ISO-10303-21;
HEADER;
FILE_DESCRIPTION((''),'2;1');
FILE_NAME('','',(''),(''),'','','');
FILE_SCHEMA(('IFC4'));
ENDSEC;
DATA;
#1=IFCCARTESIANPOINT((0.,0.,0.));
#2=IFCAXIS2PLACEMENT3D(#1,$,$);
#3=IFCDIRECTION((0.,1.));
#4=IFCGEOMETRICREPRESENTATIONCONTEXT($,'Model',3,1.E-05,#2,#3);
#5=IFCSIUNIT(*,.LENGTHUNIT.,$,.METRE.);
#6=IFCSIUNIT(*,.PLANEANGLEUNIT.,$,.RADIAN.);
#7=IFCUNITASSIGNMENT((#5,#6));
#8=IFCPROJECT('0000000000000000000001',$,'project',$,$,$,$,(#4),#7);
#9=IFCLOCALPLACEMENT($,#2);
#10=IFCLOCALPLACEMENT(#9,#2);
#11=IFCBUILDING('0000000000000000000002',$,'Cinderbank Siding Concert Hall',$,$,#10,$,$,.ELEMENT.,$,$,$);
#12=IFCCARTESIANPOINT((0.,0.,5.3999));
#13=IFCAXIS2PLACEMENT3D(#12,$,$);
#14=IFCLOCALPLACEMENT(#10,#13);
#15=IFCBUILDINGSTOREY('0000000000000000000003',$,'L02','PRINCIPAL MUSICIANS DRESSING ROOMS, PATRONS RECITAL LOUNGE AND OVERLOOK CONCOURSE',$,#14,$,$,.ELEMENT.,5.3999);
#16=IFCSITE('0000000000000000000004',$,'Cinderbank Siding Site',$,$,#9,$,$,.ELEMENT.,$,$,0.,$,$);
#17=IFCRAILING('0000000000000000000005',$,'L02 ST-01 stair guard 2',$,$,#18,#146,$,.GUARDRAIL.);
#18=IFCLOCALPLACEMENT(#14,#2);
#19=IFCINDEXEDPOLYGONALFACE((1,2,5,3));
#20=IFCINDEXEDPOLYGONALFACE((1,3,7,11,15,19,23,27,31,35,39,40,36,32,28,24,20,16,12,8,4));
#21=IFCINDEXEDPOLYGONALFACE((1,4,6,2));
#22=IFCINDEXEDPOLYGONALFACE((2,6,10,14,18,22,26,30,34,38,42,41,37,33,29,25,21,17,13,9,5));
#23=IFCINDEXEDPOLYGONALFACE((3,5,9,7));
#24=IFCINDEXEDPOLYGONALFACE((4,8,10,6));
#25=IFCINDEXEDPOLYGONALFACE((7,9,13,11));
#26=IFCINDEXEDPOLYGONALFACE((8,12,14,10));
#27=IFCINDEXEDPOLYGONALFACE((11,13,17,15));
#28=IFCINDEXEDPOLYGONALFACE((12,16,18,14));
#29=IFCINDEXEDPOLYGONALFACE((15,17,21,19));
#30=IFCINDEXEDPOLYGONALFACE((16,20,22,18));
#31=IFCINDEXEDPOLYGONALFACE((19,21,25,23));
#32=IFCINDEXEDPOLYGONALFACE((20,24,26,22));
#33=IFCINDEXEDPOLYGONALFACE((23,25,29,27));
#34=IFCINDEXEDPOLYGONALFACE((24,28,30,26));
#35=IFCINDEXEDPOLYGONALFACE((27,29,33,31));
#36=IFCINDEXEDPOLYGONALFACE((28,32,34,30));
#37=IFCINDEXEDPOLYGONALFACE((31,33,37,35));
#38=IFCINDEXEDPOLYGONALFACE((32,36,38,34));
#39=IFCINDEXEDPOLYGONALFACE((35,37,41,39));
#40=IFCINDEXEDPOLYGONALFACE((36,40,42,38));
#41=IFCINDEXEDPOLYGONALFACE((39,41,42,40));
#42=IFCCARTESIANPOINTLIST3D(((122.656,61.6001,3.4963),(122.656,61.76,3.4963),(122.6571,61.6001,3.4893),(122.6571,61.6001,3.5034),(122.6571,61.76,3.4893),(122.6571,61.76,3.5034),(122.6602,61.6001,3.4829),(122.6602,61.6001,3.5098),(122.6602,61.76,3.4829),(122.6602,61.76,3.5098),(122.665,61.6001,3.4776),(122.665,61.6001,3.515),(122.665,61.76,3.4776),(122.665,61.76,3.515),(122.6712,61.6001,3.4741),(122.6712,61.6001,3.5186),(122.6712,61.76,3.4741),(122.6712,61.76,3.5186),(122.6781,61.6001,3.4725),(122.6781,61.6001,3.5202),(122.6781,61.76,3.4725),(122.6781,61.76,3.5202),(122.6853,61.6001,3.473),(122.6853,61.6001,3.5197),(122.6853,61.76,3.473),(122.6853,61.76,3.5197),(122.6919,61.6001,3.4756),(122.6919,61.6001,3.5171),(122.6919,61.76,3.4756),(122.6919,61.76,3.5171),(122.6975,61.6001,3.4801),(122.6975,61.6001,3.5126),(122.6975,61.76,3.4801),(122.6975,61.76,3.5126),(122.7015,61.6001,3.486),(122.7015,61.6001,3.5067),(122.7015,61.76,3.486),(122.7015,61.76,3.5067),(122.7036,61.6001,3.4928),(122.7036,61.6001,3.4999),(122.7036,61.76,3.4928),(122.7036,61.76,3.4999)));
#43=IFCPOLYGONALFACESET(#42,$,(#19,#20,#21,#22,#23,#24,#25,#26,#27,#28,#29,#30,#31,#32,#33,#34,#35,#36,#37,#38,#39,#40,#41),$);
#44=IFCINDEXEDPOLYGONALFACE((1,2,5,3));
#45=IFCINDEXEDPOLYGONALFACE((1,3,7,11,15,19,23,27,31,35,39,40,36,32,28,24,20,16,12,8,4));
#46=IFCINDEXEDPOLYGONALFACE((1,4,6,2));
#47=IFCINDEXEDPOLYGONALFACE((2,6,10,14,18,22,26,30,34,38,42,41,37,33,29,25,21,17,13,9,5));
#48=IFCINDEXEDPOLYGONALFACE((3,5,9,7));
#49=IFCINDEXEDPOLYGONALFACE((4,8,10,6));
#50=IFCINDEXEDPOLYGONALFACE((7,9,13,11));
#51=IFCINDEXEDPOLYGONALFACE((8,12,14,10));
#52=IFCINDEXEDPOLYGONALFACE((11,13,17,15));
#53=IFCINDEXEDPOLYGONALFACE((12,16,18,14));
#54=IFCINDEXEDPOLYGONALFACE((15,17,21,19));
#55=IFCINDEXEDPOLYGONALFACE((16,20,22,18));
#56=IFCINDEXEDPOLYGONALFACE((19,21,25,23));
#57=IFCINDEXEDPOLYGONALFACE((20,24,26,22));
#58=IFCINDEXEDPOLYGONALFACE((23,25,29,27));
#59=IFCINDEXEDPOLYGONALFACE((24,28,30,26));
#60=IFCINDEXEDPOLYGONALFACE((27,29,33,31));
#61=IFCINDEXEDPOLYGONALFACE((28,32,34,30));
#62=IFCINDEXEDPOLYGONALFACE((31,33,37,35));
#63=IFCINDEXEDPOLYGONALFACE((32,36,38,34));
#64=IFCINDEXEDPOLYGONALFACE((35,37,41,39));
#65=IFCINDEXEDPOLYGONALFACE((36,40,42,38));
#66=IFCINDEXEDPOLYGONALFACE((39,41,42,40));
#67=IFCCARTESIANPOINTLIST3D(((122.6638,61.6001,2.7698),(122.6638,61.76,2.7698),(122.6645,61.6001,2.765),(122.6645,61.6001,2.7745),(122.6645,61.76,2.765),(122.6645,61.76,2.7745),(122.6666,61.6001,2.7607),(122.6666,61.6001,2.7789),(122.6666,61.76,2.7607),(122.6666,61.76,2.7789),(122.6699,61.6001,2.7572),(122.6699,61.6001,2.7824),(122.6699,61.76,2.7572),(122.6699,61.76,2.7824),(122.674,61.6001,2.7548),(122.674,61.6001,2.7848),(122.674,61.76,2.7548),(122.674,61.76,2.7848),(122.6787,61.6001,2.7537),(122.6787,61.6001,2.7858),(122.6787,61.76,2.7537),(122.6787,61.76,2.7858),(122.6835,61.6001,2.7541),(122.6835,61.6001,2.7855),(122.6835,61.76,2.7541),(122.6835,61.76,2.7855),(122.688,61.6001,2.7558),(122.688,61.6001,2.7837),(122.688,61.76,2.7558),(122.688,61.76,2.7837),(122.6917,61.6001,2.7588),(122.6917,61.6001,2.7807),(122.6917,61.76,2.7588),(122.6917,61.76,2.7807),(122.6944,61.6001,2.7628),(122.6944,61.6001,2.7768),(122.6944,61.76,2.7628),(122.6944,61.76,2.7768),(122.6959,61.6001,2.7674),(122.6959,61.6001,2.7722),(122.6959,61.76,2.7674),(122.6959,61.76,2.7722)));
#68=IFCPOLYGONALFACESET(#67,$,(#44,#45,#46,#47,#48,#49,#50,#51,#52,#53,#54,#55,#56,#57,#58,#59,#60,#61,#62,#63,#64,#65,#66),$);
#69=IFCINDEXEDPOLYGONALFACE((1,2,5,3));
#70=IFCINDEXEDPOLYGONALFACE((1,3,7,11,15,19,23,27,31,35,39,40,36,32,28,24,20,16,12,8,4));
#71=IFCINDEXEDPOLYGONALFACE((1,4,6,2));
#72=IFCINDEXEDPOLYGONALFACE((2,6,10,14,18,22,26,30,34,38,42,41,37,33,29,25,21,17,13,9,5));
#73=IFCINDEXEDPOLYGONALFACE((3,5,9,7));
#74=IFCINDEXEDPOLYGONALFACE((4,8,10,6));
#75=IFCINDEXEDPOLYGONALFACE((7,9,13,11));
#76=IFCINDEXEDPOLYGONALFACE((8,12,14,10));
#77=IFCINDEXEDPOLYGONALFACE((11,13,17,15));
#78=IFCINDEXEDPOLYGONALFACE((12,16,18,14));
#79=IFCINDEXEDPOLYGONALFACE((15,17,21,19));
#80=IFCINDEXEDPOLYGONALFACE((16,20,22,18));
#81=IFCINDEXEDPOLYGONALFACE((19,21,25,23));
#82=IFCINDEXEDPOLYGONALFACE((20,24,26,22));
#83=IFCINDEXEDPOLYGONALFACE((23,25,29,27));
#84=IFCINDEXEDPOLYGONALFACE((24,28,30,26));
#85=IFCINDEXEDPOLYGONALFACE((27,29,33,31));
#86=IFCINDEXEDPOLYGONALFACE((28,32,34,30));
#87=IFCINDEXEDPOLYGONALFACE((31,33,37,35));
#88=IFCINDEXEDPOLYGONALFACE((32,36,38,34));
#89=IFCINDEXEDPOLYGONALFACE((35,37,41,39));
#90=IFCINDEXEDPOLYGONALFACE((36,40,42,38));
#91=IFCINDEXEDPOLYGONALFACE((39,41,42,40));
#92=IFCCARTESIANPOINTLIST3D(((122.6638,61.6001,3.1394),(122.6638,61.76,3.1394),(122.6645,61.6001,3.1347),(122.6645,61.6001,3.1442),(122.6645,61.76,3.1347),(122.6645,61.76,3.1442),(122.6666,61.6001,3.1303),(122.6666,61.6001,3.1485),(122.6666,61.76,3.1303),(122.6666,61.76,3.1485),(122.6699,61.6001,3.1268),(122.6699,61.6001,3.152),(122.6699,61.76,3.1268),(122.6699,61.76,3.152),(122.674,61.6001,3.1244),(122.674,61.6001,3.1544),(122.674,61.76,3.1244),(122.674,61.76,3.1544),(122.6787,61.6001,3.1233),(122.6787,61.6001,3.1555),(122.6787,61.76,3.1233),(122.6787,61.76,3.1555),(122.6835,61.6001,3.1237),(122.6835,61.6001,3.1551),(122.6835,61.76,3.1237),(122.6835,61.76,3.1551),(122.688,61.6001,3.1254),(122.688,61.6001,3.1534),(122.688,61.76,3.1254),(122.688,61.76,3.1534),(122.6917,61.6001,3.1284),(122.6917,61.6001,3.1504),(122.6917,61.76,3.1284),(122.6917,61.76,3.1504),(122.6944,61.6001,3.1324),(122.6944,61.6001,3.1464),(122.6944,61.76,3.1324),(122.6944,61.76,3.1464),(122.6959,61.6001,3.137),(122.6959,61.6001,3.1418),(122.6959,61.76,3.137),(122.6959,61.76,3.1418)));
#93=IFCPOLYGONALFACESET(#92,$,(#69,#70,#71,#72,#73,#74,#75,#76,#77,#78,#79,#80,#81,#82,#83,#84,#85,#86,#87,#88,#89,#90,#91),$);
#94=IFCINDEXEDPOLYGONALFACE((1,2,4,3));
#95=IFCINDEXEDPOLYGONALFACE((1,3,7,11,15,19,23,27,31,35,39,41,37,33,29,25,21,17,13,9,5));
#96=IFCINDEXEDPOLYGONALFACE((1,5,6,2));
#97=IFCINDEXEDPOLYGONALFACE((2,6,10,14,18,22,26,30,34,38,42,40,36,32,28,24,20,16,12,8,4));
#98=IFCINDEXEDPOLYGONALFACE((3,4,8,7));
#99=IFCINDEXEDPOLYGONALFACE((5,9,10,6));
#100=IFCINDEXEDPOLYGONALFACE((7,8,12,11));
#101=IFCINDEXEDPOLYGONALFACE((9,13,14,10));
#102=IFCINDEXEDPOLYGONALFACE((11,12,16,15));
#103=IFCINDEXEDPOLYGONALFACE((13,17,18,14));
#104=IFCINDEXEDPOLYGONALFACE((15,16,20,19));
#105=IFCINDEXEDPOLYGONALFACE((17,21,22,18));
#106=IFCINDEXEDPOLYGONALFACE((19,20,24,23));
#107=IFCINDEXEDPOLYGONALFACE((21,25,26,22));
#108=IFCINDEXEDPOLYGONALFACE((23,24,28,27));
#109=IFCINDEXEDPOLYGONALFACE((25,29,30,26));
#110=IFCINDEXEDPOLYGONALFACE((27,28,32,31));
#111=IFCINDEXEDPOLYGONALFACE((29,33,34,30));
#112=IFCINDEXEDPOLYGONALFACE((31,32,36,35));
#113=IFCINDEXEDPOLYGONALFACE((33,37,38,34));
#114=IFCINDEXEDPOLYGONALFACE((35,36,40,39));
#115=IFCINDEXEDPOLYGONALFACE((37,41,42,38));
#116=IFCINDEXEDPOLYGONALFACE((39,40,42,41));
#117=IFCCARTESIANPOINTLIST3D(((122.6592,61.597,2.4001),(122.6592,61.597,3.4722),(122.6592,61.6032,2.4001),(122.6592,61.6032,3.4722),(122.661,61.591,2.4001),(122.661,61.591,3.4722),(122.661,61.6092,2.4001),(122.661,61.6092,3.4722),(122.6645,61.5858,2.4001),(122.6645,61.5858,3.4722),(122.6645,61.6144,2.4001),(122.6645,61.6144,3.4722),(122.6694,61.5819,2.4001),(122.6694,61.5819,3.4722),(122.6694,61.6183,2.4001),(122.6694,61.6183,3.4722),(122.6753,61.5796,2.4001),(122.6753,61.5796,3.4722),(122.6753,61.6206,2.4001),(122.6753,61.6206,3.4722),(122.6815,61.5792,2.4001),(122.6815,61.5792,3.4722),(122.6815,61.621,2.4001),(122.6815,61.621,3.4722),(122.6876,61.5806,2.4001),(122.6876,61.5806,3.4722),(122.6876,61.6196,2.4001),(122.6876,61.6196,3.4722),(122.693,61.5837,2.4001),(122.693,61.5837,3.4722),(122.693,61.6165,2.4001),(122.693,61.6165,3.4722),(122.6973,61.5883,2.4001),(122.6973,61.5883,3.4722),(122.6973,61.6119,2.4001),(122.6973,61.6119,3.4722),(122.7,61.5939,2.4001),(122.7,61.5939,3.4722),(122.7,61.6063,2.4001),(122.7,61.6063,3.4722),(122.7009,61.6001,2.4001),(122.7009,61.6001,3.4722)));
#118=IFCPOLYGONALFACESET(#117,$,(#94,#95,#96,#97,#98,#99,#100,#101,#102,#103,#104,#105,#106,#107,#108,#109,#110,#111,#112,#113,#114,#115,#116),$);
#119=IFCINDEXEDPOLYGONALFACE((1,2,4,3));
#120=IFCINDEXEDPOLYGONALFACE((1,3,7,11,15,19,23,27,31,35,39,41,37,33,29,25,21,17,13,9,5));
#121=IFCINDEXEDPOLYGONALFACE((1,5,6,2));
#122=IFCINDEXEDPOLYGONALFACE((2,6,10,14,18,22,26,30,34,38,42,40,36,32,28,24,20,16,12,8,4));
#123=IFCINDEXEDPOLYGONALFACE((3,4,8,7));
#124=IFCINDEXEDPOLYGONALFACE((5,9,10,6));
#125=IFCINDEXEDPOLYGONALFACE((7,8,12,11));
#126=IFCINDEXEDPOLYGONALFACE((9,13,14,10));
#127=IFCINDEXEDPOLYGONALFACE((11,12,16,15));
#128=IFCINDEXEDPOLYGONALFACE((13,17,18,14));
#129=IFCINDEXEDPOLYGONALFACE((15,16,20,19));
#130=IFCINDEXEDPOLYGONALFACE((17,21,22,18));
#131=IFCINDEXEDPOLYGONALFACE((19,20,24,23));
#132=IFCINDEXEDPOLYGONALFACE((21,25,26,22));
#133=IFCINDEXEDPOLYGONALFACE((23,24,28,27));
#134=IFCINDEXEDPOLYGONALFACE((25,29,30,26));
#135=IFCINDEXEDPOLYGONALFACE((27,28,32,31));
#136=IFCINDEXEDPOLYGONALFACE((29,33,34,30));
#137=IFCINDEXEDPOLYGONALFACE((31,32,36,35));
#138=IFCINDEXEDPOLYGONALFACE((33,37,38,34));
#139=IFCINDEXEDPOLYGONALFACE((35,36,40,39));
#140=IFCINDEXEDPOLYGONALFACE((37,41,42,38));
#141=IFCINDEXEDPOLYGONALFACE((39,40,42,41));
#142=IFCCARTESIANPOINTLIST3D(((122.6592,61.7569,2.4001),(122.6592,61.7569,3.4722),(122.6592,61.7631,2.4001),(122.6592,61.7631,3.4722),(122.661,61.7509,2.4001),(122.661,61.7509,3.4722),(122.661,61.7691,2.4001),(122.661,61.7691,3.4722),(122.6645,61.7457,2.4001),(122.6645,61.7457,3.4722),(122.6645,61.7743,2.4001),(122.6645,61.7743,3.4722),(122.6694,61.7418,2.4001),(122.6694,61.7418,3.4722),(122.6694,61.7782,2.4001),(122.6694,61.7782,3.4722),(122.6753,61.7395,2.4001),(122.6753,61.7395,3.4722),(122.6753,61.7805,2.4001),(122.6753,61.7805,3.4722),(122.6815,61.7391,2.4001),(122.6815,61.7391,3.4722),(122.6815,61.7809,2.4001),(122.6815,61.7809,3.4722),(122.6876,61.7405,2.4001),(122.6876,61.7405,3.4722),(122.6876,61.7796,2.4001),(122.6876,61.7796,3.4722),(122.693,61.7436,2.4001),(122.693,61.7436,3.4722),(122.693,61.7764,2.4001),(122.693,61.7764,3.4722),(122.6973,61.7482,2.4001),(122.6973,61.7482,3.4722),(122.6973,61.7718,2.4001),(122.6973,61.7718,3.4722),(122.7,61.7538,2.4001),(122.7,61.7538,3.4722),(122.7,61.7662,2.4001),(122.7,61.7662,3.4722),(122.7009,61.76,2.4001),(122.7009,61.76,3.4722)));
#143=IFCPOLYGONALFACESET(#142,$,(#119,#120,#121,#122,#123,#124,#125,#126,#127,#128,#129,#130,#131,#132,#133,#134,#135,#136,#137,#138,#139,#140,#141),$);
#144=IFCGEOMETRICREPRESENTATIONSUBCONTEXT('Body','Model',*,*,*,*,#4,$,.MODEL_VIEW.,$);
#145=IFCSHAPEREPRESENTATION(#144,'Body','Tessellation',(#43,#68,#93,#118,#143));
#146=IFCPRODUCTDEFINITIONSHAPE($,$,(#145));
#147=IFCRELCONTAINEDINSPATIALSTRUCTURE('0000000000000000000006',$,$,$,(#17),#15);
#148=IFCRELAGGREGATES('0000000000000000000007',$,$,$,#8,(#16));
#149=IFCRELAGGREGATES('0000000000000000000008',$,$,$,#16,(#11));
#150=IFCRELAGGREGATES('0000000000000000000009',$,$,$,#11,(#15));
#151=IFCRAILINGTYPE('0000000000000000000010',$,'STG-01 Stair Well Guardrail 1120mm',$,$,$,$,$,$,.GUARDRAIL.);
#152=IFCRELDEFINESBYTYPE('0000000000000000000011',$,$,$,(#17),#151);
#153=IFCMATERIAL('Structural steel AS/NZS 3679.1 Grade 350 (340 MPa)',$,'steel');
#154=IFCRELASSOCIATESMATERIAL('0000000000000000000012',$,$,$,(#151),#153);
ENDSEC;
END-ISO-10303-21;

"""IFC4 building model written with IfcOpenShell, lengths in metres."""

from ifc_helpers import new_model, si_unit, direction, frame, origin, origin_2d, place, context, subcontext, project, spatial, circle, extrude, material, type_object, element, save


model = new_model("IFC4")

# Units and contexts
model_context = context("Model", 3, precision=1e-05, world=origin(), true_north=direction((0.0, 1.0)))
body_context = subcontext(model_context, "Body", "Model", "MODEL_VIEW")
ifc_project = project(units=[si_unit("LENGTHUNIT", "METRE"), si_unit("PLANEANGLEUNIT", "RADIAN")], contexts=[model_context])

# Site, building, storey
site_placement = place(None, origin())
site = spatial("IfcSite", under=ifc_project, at=site_placement, Name="Cinderbank Siding Site", CompositionType="ELEMENT", RefElevation=0.0)
building_placement = place(site_placement, origin())
building = spatial("IfcBuilding", under=site, at=building_placement, Name="Cinderbank Siding Concert Hall", CompositionType="ELEMENT")
storey_placement = place(building_placement, frame((0.0, 0.0, 5.3999)))
storey = spatial("IfcBuildingStorey", under=building, at=storey_placement, Name="L02", Description="PRINCIPAL MUSICIANS DRESSING ROOMS, PATRONS RECITAL LOUNGE AND OVERLOOK CONCOURSE", CompositionType="ELEMENT", Elevation=5.3999)

# Shared definitions
ifc_material_1 = material(Name="Structural steel AS/NZS 3679.1 Grade 350 (340 MPa)", Category="steel")

# Railing
railing_type_1 = type_object("IfcRailingType", Name="STG-01 Stair Well Guardrail 1120mm", PredefinedType="GUARDRAIL", material=ifc_material_1)
railing_1_placement = place(storey_placement, frame((122.6799, 61.6001, 2.4001)))
element("IfcRailing", 1, at=railing_1_placement, inside=storey, type_object=railing_type_1, Name="L02 ST-01 stair guard 2", PredefinedType="GUARDRAIL", context=body_context, shape_type="SweptSolid", body=[
    extrude(circle(Radius=0.0239, at=origin_2d()), frame((0.0, 0.0, 1.0962), z_axis=(0.0, 1.0, 0.0), x_axis=(-1.0, 0.0, 0.0)), (0.0, 0.0, 1.0), 0.1599),
    extrude(circle(Radius=0.0161, at=origin_2d()), frame((0.0, 0.0, 0.3696), z_axis=(0.0, 1.0, 0.0), x_axis=(-1.0, 0.0, 0.0)), (0.0, 0.0, 1.0), 0.1599),
    extrude(circle(Radius=0.0161, at=origin_2d()), frame((0.0, 0.0, 0.7393), z_axis=(0.0, 1.0, 0.0), x_axis=(-1.0, 0.0, 0.0)), (0.0, 0.0, 1.0), 0.1599),
    extrude(circle(Radius=0.021, at=origin_2d()), origin(), (0.0, 0.0, 1.0), 1.072),
    extrude(circle(Radius=0.021, at=origin_2d()), frame((0.0, 0.1599, 0.0)), (0.0, 0.0, 1.0), 1.072),
])

save(model, "model.ifc")
